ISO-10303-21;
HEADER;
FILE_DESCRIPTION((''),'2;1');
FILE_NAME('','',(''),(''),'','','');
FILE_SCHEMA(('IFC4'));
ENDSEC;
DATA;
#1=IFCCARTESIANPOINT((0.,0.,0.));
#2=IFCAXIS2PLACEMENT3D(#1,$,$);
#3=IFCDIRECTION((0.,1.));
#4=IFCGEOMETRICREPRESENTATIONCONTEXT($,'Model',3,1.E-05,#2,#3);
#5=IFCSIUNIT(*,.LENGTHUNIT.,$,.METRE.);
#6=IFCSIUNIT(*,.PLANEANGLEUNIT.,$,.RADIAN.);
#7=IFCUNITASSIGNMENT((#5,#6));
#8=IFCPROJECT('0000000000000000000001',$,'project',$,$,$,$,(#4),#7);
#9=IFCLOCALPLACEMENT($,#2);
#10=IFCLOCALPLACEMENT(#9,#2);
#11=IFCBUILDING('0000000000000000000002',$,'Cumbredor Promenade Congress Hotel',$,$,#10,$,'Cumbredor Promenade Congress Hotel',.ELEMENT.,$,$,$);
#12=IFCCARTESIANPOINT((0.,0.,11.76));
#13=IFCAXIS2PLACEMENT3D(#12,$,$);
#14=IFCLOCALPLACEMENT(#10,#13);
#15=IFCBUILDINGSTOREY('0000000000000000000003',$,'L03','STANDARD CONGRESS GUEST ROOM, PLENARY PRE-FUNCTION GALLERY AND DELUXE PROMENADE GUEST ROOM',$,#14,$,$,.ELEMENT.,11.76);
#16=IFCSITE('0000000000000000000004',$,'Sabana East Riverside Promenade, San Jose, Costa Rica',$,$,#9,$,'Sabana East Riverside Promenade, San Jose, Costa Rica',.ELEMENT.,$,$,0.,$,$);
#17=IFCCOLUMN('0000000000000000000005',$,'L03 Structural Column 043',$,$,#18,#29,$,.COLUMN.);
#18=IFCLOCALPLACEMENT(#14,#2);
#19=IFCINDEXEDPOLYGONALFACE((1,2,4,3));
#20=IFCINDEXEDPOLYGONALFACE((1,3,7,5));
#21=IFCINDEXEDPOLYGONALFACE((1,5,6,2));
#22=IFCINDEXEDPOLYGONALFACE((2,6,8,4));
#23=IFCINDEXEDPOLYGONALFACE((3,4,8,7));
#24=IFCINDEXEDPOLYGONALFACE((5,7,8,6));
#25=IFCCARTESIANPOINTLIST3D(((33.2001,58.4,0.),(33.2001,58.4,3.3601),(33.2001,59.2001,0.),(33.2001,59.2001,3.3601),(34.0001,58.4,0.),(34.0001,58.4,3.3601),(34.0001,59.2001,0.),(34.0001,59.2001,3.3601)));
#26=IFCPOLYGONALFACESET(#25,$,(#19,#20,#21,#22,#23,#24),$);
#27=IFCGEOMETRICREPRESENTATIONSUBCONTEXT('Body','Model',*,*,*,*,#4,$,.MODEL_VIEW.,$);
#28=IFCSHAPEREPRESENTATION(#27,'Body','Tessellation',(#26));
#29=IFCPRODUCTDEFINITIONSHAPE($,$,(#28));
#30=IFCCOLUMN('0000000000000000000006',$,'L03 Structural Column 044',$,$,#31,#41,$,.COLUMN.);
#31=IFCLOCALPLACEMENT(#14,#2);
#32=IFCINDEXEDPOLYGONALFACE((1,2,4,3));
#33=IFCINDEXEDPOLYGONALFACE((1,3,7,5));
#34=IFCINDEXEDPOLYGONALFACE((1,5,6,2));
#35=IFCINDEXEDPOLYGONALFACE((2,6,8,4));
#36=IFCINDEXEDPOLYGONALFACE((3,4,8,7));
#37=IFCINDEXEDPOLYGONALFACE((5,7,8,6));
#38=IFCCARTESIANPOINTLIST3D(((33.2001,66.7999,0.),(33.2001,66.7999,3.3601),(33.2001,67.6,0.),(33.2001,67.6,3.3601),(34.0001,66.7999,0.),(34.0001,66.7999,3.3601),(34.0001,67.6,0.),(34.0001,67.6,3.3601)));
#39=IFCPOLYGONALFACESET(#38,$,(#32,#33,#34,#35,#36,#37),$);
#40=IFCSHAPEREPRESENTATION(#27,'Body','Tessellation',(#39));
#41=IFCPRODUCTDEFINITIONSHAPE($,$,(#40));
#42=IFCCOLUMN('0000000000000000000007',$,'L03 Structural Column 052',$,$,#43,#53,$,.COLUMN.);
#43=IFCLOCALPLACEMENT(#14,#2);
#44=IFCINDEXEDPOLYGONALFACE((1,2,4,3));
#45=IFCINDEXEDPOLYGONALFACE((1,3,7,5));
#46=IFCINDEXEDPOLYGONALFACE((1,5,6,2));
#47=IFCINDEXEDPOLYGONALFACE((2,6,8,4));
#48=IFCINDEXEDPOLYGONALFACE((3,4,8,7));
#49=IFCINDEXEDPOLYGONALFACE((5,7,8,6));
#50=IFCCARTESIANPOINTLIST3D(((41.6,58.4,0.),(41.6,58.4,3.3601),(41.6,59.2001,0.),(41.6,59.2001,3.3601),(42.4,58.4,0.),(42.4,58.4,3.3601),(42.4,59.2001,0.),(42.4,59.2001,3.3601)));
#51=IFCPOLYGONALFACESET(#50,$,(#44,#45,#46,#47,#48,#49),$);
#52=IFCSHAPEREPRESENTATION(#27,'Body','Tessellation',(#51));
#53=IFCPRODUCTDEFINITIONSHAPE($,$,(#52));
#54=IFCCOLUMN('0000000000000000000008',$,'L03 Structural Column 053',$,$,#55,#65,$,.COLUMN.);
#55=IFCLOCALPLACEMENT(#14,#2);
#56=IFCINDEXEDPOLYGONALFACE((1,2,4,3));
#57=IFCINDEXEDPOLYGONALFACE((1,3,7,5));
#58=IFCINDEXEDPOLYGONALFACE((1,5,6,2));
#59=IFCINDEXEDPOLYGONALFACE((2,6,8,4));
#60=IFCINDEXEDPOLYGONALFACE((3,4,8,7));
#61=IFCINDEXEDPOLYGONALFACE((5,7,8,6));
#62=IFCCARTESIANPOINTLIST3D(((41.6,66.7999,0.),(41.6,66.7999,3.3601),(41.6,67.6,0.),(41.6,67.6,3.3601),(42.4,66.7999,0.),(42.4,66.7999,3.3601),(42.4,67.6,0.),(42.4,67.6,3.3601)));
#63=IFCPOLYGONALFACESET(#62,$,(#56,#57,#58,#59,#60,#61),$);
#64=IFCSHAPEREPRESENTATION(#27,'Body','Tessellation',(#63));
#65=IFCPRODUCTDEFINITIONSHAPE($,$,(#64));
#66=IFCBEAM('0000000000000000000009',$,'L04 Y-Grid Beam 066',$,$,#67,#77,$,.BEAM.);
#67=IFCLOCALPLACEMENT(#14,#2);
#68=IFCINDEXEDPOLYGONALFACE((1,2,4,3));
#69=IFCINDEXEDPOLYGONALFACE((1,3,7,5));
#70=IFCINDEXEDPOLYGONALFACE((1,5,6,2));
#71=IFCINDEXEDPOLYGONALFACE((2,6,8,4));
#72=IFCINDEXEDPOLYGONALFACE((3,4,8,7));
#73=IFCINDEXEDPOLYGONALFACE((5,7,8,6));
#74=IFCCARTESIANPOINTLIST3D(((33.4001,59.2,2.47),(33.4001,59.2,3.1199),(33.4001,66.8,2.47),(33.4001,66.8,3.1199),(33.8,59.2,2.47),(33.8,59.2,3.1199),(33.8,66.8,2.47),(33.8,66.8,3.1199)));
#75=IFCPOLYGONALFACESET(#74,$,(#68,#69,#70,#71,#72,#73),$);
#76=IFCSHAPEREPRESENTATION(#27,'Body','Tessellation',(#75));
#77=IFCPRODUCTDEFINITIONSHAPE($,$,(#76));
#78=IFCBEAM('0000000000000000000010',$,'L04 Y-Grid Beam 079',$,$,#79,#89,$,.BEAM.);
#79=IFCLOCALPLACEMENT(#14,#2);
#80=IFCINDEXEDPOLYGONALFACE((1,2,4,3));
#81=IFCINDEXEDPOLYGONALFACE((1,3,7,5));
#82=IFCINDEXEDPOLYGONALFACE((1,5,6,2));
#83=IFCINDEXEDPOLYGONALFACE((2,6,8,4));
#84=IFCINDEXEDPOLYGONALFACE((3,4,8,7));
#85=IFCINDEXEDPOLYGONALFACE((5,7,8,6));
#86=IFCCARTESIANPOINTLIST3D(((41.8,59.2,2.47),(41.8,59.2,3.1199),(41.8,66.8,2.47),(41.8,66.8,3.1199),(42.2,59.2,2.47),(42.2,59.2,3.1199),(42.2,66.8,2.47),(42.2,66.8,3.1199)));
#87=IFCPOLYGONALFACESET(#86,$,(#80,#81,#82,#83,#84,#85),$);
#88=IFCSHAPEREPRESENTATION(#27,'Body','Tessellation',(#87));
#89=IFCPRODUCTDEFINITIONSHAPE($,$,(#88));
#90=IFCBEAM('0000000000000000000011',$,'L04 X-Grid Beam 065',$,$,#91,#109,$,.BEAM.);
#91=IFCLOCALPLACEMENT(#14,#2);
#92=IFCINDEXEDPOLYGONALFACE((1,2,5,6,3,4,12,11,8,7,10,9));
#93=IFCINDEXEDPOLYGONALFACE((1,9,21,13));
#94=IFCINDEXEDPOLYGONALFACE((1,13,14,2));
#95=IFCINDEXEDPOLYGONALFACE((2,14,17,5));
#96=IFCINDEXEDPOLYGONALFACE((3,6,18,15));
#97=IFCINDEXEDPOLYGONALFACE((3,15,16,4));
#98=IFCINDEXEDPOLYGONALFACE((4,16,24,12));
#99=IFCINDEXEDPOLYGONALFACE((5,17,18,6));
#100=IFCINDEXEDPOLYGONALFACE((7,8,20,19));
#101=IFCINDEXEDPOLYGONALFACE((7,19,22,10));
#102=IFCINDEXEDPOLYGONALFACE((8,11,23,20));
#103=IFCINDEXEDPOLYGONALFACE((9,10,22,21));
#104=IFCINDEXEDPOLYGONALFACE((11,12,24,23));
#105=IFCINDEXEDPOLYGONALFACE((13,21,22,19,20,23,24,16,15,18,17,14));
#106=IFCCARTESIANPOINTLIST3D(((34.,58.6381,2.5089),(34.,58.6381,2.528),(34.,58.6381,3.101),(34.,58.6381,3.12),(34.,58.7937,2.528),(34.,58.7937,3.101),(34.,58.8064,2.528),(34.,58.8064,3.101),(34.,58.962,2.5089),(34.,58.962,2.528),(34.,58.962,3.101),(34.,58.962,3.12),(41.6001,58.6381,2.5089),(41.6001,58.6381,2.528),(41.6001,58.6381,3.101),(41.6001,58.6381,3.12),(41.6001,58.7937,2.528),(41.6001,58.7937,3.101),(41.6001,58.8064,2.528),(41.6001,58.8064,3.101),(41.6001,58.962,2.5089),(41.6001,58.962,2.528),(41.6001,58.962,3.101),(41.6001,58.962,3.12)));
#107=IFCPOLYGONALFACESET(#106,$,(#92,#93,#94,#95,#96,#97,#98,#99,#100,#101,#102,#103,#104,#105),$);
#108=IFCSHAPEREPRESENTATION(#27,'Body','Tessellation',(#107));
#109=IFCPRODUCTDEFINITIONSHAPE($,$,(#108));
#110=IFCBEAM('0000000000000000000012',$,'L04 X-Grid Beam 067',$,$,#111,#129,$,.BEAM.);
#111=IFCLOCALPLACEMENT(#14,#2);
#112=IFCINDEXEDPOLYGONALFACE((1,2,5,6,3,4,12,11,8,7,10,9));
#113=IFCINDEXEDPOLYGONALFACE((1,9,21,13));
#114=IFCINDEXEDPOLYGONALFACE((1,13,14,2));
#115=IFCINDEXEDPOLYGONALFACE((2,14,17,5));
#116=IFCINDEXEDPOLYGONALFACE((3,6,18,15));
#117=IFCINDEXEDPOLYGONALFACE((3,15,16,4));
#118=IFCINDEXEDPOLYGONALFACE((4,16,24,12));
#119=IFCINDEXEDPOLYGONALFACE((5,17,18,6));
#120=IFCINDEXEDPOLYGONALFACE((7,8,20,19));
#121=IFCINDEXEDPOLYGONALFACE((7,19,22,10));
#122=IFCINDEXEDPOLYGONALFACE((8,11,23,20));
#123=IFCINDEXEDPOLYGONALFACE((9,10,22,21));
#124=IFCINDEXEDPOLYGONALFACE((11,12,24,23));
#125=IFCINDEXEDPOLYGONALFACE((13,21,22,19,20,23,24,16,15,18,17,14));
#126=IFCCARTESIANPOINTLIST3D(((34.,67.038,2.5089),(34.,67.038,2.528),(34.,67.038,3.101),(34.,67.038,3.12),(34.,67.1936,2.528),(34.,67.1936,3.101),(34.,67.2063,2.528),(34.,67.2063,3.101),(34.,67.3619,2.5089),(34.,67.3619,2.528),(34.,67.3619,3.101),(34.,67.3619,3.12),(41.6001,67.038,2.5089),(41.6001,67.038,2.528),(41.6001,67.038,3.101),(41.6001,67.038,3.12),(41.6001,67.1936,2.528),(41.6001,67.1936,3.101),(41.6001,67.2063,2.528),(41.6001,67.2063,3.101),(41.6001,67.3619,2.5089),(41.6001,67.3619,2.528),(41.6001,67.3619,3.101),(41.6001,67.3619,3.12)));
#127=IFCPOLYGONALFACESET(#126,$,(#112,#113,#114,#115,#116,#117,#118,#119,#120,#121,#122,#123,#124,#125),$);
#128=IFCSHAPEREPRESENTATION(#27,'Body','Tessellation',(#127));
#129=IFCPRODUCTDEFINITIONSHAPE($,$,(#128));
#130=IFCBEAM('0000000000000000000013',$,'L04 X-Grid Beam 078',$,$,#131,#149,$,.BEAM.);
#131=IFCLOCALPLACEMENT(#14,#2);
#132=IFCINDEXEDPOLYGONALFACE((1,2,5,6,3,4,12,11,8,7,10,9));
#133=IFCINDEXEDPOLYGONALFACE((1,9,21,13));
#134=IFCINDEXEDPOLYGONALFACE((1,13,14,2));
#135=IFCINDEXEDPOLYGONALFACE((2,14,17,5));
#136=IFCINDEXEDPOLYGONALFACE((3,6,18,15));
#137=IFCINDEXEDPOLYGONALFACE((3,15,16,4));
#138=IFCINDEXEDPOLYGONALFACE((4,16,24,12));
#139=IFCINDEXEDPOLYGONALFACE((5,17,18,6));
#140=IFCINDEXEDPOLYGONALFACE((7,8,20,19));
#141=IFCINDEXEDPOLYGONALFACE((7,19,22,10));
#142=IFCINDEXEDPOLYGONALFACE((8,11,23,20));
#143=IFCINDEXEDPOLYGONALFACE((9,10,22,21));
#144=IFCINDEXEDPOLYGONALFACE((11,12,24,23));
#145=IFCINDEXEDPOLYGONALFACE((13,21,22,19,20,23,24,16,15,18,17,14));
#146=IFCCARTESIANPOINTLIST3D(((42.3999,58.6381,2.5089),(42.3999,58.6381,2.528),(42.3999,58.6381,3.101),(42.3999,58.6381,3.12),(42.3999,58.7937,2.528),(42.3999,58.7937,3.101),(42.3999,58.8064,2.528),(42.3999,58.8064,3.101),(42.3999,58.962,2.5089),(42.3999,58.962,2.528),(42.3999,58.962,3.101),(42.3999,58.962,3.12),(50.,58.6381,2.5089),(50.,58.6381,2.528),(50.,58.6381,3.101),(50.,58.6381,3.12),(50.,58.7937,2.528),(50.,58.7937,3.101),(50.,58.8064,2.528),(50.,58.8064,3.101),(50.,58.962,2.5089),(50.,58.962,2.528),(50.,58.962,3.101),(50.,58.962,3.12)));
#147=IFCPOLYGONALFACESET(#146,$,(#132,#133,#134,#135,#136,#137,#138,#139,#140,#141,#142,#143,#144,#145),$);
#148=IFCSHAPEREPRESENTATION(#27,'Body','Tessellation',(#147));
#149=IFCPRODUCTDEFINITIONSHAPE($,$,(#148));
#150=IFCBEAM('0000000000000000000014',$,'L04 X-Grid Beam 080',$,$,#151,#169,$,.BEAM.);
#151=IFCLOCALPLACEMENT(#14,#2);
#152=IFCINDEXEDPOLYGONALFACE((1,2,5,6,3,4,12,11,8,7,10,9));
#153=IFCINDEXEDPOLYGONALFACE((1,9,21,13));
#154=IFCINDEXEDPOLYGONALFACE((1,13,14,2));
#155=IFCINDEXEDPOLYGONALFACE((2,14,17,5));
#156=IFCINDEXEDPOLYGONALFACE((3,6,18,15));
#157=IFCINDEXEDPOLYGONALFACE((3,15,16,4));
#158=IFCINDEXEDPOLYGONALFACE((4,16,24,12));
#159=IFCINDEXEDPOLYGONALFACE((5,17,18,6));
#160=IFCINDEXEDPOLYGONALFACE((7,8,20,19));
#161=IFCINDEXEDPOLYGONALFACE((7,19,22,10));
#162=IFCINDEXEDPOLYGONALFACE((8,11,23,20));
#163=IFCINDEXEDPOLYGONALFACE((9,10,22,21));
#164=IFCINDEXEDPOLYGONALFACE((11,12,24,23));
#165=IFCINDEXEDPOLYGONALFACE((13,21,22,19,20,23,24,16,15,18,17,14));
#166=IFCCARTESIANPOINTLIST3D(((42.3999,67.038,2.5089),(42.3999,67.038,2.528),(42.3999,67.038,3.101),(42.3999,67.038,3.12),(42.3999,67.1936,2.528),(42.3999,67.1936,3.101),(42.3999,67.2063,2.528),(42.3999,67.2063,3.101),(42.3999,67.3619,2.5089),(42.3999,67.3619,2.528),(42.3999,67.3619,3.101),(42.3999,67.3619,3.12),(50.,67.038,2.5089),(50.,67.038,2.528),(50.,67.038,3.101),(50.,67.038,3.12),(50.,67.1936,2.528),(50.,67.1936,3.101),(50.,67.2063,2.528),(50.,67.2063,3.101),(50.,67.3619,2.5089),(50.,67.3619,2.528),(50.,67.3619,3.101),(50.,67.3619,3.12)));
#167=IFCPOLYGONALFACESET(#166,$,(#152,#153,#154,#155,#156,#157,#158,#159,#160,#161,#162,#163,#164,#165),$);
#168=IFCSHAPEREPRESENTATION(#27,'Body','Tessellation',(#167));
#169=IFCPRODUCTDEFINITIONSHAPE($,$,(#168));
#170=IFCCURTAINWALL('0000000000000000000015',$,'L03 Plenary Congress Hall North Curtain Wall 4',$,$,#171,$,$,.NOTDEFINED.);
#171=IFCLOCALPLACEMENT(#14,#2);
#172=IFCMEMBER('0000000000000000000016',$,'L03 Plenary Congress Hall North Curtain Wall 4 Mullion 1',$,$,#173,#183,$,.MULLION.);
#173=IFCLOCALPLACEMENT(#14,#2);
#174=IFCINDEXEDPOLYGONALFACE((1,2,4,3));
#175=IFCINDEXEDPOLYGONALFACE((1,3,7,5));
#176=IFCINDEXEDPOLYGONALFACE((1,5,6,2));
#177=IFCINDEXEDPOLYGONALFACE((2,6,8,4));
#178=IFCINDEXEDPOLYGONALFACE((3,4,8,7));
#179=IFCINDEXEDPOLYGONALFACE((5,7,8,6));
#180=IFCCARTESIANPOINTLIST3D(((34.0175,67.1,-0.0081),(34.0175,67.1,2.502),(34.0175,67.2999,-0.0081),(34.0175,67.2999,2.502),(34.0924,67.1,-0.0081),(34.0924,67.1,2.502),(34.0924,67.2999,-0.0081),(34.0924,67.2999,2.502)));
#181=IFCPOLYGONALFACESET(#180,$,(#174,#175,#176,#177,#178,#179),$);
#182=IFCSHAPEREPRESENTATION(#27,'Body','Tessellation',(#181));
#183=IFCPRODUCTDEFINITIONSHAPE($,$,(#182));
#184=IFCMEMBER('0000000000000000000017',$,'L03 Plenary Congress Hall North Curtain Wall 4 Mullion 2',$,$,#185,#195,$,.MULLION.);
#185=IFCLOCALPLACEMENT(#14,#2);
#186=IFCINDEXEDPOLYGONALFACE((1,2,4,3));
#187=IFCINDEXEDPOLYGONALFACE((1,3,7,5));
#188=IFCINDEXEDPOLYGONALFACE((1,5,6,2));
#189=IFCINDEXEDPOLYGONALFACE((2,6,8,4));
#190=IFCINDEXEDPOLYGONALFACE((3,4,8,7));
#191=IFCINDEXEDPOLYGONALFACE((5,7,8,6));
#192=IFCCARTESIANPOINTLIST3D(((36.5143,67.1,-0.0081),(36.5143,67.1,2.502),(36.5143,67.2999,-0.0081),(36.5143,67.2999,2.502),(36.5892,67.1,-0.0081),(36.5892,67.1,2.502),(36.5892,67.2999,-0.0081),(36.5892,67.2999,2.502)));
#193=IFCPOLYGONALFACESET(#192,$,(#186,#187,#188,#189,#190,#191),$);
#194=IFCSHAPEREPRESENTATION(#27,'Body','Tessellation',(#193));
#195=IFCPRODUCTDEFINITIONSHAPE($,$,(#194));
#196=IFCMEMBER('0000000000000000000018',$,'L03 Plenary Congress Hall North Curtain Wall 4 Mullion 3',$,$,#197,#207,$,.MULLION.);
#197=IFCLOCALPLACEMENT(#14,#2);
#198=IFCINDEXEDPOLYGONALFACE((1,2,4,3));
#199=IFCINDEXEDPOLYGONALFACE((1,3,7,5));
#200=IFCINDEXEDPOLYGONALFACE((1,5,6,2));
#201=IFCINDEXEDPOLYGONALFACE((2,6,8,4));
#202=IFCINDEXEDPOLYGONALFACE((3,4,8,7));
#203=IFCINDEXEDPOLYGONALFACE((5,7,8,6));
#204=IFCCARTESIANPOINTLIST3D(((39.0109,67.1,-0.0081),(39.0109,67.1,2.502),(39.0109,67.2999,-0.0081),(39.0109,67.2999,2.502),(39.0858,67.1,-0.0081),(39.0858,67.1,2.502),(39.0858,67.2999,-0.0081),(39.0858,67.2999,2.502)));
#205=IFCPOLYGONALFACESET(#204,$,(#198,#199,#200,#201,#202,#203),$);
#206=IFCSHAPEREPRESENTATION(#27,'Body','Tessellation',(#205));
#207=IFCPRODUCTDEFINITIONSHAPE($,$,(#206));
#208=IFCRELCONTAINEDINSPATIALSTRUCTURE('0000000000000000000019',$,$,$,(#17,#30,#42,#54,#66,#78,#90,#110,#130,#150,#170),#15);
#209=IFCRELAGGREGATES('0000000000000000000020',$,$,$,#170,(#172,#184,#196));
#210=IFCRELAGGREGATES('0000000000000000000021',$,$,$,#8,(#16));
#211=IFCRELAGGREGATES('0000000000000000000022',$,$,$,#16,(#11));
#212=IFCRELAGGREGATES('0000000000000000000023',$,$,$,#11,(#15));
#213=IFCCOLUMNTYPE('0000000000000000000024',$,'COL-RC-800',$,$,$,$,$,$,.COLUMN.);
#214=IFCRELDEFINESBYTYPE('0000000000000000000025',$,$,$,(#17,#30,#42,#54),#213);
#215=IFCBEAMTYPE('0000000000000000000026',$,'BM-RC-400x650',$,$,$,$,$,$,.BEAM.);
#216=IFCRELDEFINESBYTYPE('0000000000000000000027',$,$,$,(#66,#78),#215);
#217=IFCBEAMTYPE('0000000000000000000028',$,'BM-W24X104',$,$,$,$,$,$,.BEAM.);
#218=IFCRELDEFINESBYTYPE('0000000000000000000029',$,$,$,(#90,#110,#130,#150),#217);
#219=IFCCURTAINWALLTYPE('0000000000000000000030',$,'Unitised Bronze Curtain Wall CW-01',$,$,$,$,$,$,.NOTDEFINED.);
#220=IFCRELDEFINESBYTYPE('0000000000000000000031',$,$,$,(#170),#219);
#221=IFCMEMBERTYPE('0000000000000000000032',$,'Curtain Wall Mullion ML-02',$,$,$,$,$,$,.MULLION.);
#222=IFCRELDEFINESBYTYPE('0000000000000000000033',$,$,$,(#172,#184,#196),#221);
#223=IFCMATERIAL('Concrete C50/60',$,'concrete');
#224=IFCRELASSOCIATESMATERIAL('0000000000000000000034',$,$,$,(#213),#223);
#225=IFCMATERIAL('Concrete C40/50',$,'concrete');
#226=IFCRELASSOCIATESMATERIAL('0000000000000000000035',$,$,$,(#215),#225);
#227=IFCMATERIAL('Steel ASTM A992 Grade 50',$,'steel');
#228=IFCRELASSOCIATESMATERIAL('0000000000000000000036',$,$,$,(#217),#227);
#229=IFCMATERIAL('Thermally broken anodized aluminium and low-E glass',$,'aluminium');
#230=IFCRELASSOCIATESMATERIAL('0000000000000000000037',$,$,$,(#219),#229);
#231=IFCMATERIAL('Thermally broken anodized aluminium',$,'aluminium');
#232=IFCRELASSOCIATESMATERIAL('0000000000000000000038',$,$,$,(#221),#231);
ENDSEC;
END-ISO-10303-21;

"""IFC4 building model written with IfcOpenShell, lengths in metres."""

from ifc_helpers import new_model, si_unit, direction, frame, origin, origin_2d, place, context, subcontext, project, spatial, rectangle, i_section, extrude, material, material_profile, profile_set, type_object, element, aggregate, save


model = new_model("IFC4")

# Units and contexts
model_context = context("Model", 3, precision=1e-05, world=origin(), true_north=direction((0.0, 1.0)))
body_context = subcontext(model_context, "Body", "Model", "MODEL_VIEW")
ifc_project = project(units=[si_unit("LENGTHUNIT", "METRE"), si_unit("PLANEANGLEUNIT", "RADIAN")], contexts=[model_context])

# Site, building, storey
site_placement = place(None, origin())
site = spatial("IfcSite", under=ifc_project, at=site_placement, Name="Sabana East Riverside Promenade, San Jose, Costa Rica", LongName="Sabana East Riverside Promenade, San Jose, Costa Rica", CompositionType="ELEMENT", RefElevation=0.0)
building_placement = place(site_placement, origin())
building = spatial("IfcBuilding", under=site, at=building_placement, Name="Cumbredor Promenade Congress Hotel", LongName="Cumbredor Promenade Congress Hotel", CompositionType="ELEMENT")
storey_placement = place(building_placement, frame((0.0, 0.0, 11.76)))
storey = spatial("IfcBuildingStorey", under=building, at=storey_placement, Name="L03", Description="STANDARD CONGRESS GUEST ROOM, PLENARY PRE-FUNCTION GALLERY AND DELUXE PROMENADE GUEST ROOM", CompositionType="ELEMENT", Elevation=11.76)

# Columns
ifc_material_1 = material(Name="Concrete C50/60", Category="concrete")
ifc_material_profile_1 = material_profile(ifc_material_1, rectangle(XDim=0.8, YDim=0.8, at=origin_2d()), Name="RC 800x800")
ifc_profile_set_1 = profile_set([ifc_material_profile_1], Name="Concrete C50/60")
column_type = type_object("IfcColumnType", Name="COL-RC-800", PredefinedType="COLUMN", material=ifc_profile_set_1)
for number, where, z_axis, x_axis, name in (
    (1, (33.6001, 58.8, 0.0), (0.0, 0.0, 1.0), (1.0, 0.0, 0.0), "L03 Structural Column 043"),
    (2, (33.6001, 67.2, 0.0), (0.0, 0.0, 1.0), (1.0, 0.0, 0.0), "L03 Structural Column 044"),
    (3, (42.0, 58.8, 0.0), (0.0, 0.0, 1.0), (1.0, 0.0, 0.0), "L03 Structural Column 052"),
    (4, (42.0, 67.2, 0.0), (0.0, 0.0, 1.0), (1.0, 0.0, 0.0), "L03 Structural Column 053"),
):
    element("IfcColumn", number, at=place(storey_placement, frame(where, z_axis=z_axis, x_axis=x_axis)), inside=storey, type_object=column_type, Name=name, PredefinedType="COLUMN", context=body_context, shape_type="SweptSolid", body=[
        extrude(rectangle(XDim=0.8, YDim=0.8, at=origin_2d()), origin(), (0.0, 0.0, 1.0), 3.3601),
    ])

# Beams
ifc_material_2 = material(Name="Concrete C40/50", Category="concrete")
ifc_material_profile_2 = material_profile(ifc_material_2, rectangle(XDim=0.3999, YDim=0.6499, at=origin_2d()), Name="RC BEAM 400x650")
ifc_profile_set_2 = profile_set([ifc_material_profile_2], Name="Concrete C40/50")
beam_type_1 = type_object("IfcBeamType", Name="BM-RC-400x650", PredefinedType="BEAM", material=ifc_profile_set_2)
for number, where, z_axis, x_axis, name in (
    (5, (33.6001, 59.2, 2.7949), (0.0, 1.0, 0.0), (-1.0, 0.0, 0.0), "L04 Y-Grid Beam 066"),
    (6, (42.0, 59.2, 2.7949), (0.0, 1.0, 0.0), (-1.0, 0.0, 0.0), "L04 Y-Grid Beam 079"),
):
    element("IfcBeam", number, at=place(storey_placement, frame(where, z_axis=z_axis, x_axis=x_axis)), inside=storey, type_object=beam_type_1, Name=name, PredefinedType="BEAM", context=body_context, shape_type="SweptSolid", body=[
        extrude(rectangle(XDim=0.3999, YDim=0.6499, at=origin_2d()), origin(), (0.0, 0.0, 1.0), 7.6001),
    ])
ifc_material_3 = material(Name="Steel ASTM A992 Grade 50", Category="steel")
ifc_material_profile_3 = material_profile(ifc_material_3, i_section(OverallWidth=0.324, OverallDepth=0.6111, WebThickness=0.0127, FlangeThickness=0.019, at=origin_2d()), Name="W24X104")
ifc_profile_set_3 = profile_set([ifc_material_profile_3], Name="Steel ASTM A992 Grade 50")
beam_type_2 = type_object("IfcBeamType", Name="BM-W24X104", PredefinedType="BEAM", material=ifc_profile_set_3)
for number, where, z_axis, x_axis, name in (
    (7, (34.0, 58.8, 2.8145), (1.0, 0.0, 0.0), (0.0, 1.0, 0.0), "L04 X-Grid Beam 065"),
    (8, (34.0, 67.2, 2.8145), (1.0, 0.0, 0.0), (0.0, 1.0, 0.0), "L04 X-Grid Beam 067"),
    (9, (42.3999, 58.8, 2.8145), (1.0, 0.0, 0.0), (0.0, 1.0, 0.0), "L04 X-Grid Beam 078"),
    (10, (42.3999, 67.2, 2.8145), (1.0, 0.0, 0.0), (0.0, 1.0, 0.0), "L04 X-Grid Beam 080"),
):
    element("IfcBeam", number, at=place(storey_placement, frame(where, z_axis=z_axis, x_axis=x_axis)), inside=storey, type_object=beam_type_2, Name=name, PredefinedType="BEAM", context=body_context, shape_type="SweptSolid", body=[
        extrude(i_section(OverallWidth=0.324, OverallDepth=0.6111, WebThickness=0.0127, FlangeThickness=0.019, at=origin_2d()), origin(), (0.0, 0.0, 1.0), 7.6001),
    ])

# Curtain wall, members
ifc_material_4 = material(Name="Thermally broken anodized aluminium and low-E glass", Category="aluminium")
curtain_wall_type = type_object("IfcCurtainWallType", Name="Unitised Bronze Curtain Wall CW-01", PredefinedType="NOTDEFINED", material=ifc_material_4)
curtain_wall_1_placement = place(storey_placement, origin())
curtain_wall_1 = element("IfcCurtainWall", 11, at=curtain_wall_1_placement, inside=storey, type_object=curtain_wall_type, Name="L03 Plenary Congress Hall North Curtain Wall 4", PredefinedType="NOTDEFINED")
ifc_material_5 = material(Name="Thermally broken anodized aluminium", Category="aluminium")
ifc_material_profile_4 = material_profile(ifc_material_5, rectangle(XDim=0.075, YDim=0.2, at=origin_2d()), Name="ALU MULLION 75x200")
ifc_profile_set_4 = profile_set([ifc_material_profile_4], Name="Thermally broken anodized aluminium")
member_type_1 = type_object("IfcMemberType", Name="Curtain Wall Mullion ML-02", PredefinedType="MULLION", material=ifc_profile_set_4)
member_1_placement = place(storey_placement, frame((34.0549, 67.2, -0.0081), z_axis=(0.0, 0.0, 1.0), x_axis=(1.0, 0.0, 0.0)))
member_1 = element("IfcMember", 12, at=member_1_placement, type_object=member_type_1, Name="L03 Plenary Congress Hall North Curtain Wall 4 Mullion 1", PredefinedType="MULLION", context=body_context, shape_type="SweptSolid", body=[
    extrude(rectangle(XDim=0.075, YDim=0.2, at=origin_2d()), origin(), (0.0, 0.0, 1.0), 2.51),
])
member_2_placement = place(storey_placement, frame((36.5518, 67.2, -0.0081), z_axis=(0.0, 0.0, 1.0), x_axis=(1.0, 0.0, 0.0)))
member_2 = element("IfcMember", 13, at=member_2_placement, type_object=member_type_1, Name="L03 Plenary Congress Hall North Curtain Wall 4 Mullion 2", PredefinedType="MULLION", context=body_context, shape_type="SweptSolid", body=[
    extrude(rectangle(XDim=0.075, YDim=0.2, at=origin_2d()), origin(), (0.0, 0.0, 1.0), 2.51),
])
member_3_placement = place(storey_placement, frame((39.0483, 67.2, -0.0081), z_axis=(0.0, 0.0, 1.0), x_axis=(1.0, 0.0, 0.0)))
member_3 = element("IfcMember", 14, at=member_3_placement, type_object=member_type_1, Name="L03 Plenary Congress Hall North Curtain Wall 4 Mullion 3", PredefinedType="MULLION", context=body_context, shape_type="SweptSolid", body=[
    extrude(rectangle(XDim=0.075, YDim=0.2, at=origin_2d()), origin(), (0.0, 0.0, 1.0), 2.51),
])

aggregate(curtain_wall_1, [member_1, member_2, member_3])

save(model, "model.ifc")
